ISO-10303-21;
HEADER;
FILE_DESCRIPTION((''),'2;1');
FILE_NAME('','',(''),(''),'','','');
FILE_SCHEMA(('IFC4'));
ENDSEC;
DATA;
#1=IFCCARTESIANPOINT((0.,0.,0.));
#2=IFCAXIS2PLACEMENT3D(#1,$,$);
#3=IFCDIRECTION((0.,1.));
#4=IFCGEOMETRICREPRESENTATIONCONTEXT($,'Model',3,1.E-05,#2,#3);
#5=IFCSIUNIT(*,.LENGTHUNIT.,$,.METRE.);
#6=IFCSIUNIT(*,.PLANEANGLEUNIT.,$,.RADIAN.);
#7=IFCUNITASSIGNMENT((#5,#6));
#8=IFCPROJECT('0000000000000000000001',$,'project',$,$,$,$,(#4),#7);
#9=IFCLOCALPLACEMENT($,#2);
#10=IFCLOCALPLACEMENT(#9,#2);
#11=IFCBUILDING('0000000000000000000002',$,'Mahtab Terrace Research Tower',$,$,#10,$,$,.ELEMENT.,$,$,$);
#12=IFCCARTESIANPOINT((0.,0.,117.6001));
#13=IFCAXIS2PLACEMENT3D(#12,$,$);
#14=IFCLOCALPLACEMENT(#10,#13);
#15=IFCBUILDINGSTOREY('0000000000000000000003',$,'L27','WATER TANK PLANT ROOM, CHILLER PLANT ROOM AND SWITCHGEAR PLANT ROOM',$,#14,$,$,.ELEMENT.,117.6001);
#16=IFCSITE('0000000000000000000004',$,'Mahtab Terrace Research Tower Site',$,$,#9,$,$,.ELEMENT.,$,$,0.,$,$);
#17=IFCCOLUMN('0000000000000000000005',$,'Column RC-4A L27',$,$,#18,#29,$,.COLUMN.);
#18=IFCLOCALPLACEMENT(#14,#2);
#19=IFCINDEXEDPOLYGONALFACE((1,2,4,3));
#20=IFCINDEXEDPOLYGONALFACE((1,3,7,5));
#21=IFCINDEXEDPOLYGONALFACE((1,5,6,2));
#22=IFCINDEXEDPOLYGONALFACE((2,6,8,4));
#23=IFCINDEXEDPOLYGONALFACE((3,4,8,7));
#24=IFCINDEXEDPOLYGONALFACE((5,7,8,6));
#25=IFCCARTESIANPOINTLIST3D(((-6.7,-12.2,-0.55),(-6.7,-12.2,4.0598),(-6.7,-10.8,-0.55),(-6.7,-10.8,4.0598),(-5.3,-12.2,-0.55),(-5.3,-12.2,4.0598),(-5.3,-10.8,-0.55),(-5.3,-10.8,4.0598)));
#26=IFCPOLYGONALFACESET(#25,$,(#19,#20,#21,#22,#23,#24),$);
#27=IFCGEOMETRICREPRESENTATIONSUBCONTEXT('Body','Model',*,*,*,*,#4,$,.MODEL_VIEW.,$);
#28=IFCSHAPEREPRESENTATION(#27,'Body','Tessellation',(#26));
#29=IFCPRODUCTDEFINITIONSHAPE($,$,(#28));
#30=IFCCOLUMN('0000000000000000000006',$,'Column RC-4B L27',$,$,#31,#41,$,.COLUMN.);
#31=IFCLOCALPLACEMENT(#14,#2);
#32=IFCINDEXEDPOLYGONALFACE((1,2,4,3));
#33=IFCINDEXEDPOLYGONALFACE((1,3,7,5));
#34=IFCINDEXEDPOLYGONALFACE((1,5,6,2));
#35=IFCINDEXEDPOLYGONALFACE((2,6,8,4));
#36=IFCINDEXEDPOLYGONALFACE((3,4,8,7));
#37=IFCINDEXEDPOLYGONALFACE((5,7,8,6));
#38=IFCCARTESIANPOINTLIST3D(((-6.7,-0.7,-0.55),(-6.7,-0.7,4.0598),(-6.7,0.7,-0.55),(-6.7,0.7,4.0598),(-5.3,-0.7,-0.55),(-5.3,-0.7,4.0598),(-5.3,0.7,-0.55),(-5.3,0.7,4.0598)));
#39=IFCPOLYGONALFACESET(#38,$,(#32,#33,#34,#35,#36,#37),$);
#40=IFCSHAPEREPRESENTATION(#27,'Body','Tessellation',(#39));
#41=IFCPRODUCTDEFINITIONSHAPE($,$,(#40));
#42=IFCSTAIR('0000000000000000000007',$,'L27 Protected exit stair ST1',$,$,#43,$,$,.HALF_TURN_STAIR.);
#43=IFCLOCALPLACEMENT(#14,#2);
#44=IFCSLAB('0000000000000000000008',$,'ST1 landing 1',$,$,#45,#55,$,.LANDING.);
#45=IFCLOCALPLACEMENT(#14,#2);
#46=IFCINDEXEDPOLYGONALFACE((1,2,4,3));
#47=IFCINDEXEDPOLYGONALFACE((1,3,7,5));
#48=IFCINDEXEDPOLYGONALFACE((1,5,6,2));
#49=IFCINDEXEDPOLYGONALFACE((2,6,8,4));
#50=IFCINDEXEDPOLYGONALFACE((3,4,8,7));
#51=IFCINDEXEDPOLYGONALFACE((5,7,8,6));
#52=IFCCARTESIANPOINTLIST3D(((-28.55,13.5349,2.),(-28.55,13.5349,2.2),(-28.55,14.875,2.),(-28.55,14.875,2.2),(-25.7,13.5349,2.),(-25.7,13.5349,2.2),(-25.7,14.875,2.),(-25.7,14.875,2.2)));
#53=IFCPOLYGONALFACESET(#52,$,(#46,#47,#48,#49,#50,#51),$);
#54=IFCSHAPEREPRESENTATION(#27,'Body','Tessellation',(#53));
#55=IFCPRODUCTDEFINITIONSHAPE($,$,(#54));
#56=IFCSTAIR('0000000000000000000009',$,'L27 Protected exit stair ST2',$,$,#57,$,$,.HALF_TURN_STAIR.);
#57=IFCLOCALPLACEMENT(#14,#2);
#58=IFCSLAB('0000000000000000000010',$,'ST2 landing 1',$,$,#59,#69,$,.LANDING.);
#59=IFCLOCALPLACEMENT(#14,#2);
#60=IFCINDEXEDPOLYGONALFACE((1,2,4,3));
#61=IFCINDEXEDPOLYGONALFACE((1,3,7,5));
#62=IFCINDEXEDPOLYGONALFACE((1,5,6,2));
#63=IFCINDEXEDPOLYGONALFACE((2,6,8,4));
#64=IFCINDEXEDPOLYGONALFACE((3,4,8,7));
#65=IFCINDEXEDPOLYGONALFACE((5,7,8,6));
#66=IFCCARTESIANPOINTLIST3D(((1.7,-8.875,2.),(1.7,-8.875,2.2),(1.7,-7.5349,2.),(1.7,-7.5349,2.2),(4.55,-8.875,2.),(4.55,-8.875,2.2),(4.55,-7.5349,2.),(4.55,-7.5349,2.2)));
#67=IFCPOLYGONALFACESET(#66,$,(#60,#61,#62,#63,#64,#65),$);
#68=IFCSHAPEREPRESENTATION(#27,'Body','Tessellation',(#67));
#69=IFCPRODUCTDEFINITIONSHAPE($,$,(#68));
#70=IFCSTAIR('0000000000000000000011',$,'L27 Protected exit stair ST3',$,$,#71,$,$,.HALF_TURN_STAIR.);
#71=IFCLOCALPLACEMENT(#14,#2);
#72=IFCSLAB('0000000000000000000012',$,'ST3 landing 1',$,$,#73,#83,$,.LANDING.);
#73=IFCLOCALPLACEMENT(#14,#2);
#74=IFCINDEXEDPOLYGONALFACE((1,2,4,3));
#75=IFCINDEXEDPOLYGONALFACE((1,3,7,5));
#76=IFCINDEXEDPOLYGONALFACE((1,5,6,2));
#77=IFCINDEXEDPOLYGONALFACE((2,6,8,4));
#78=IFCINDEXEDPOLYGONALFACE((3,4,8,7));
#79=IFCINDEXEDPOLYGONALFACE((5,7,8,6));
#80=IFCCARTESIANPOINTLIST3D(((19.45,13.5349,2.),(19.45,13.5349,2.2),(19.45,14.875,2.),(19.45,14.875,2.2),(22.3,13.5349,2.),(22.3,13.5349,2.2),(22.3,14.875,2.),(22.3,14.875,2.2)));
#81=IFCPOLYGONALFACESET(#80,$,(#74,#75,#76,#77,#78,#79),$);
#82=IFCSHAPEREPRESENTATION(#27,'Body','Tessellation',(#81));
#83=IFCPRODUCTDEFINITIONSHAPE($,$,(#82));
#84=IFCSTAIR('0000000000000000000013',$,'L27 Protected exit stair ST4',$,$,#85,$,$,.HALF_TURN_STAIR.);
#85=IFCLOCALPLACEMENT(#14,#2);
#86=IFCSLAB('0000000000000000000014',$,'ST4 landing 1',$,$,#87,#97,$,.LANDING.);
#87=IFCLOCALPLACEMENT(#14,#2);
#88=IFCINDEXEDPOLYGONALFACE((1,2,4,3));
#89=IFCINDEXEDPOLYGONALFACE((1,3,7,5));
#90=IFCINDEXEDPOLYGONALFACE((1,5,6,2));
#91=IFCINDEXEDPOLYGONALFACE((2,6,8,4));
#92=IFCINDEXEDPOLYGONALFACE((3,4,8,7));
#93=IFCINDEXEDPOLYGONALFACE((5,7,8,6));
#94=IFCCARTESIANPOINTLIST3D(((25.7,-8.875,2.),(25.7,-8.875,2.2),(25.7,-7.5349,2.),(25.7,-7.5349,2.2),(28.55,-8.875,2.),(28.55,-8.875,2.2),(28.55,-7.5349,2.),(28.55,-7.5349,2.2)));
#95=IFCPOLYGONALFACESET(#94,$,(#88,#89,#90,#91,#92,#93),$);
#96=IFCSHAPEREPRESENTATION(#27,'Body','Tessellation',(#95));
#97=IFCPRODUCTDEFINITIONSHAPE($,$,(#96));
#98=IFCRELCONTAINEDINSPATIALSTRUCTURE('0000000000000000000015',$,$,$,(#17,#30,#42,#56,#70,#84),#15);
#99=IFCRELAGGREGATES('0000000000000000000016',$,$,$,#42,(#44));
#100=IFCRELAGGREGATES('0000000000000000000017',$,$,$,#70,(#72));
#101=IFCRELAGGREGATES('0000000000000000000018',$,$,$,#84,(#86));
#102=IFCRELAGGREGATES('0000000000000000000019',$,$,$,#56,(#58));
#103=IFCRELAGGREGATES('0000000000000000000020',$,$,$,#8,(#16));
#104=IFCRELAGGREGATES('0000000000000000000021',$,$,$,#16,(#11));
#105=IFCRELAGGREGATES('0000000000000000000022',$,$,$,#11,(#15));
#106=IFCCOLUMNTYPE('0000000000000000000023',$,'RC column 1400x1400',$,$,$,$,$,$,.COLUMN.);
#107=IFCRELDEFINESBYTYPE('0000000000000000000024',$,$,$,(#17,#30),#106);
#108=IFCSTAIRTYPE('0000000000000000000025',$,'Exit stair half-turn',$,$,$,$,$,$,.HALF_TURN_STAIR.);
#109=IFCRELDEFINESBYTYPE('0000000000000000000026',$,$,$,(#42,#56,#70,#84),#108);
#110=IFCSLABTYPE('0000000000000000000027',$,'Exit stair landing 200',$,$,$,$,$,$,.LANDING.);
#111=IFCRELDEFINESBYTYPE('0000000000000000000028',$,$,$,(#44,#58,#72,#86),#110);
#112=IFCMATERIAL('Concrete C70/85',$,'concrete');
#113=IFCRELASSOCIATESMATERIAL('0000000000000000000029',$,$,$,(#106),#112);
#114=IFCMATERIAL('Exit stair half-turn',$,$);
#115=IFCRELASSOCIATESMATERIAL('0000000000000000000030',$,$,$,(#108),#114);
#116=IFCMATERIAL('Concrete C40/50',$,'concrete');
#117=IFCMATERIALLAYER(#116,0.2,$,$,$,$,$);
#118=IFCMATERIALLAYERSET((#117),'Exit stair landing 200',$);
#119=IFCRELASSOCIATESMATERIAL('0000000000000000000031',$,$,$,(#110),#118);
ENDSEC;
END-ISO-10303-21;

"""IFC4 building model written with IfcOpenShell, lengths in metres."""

from ifc_helpers import new_model, si_unit, direction, frame, origin, origin_2d, place, context, subcontext, project, spatial, polyline, rectangle, outline, extrude, material, layer, layer_set, material_profile, profile_set, type_object, element, aggregate, save


model = new_model("IFC4")

# Units and contexts
model_context = context("Model", 3, precision=1e-05, world=origin(), true_north=direction((0.0, 1.0)))
body_context = subcontext(model_context, "Body", "Model", "MODEL_VIEW")
ifc_project = project(units=[si_unit("LENGTHUNIT", "METRE"), si_unit("PLANEANGLEUNIT", "RADIAN")], contexts=[model_context])

# Site, building, storey
site_placement = place(None, origin())
site = spatial("IfcSite", under=ifc_project, at=site_placement, Name="Mahtab Terrace Research Tower Site", CompositionType="ELEMENT", RefElevation=0.0)
building_placement = place(site_placement, origin())
building = spatial("IfcBuilding", under=site, at=building_placement, Name="Mahtab Terrace Research Tower", CompositionType="ELEMENT")
storey_placement = place(building_placement, frame((0.0, 0.0, 117.6001)))
storey = spatial("IfcBuildingStorey", under=building, at=storey_placement, Name="L27", Description="WATER TANK PLANT ROOM, CHILLER PLANT ROOM AND SWITCHGEAR PLANT ROOM", CompositionType="ELEMENT", Elevation=117.6001)

# Columns
ifc_material_1 = material(Name="Concrete C70/85", Category="concrete")
ifc_material_profile = material_profile(ifc_material_1, rectangle(XDim=1.3999, YDim=1.3999, at=origin_2d()), Name="RC column 1400x1400")
ifc_profile_set = profile_set([ifc_material_profile], Name="Concrete C70/85")
column_type = type_object("IfcColumnType", Name="RC column 1400x1400", PredefinedType="COLUMN", material=ifc_profile_set)
for number, where, z_axis, x_axis, name in (
    (1, (-6.0, -11.5, -0.55), (0.0, 0.0, 1.0), (1.0, 0.0, 0.0), "Column RC-4A L27"),
    (2, (-6.0, 0.0, -0.55), (0.0, 0.0, 1.0), (1.0, 0.0, 0.0), "Column RC-4B L27"),
):
    element("IfcColumn", number, at=place(storey_placement, frame(where, z_axis=z_axis, x_axis=x_axis)), inside=storey, type_object=column_type, Name=name, PredefinedType="COLUMN", context=body_context, shape_type="SweptSolid", body=[
        extrude(rectangle(XDim=1.3999, YDim=1.3999, at=origin_2d()), origin(), (0.0, 0.0, 1.0), 4.6099),
    ])

# Stairs, slabs
ifc_material_2 = material(Name="Exit stair half-turn")
stair_type = type_object("IfcStairType", Name="Exit stair half-turn", PredefinedType="HALF_TURN_STAIR", material=ifc_material_2)
stair_1_placement = place(storey_placement, origin())
stair_1 = element("IfcStair", 3, at=stair_1_placement, inside=storey, type_object=stair_type, Name="L27 Protected exit stair ST1", PredefinedType="HALF_TURN_STAIR")
ifc_material_3 = material(Name="Concrete C40/50", Category="concrete")
ifc_layer_1 = layer(ifc_material_3, 0.2)
ifc_layer_set_1 = layer_set([ifc_layer_1], Name="Exit stair landing 200")
slab_type_1 = type_object("IfcSlabType", Name="Exit stair landing 200", PredefinedType="LANDING", material=ifc_layer_set_1)
slab_1_placement = place(storey_placement, frame((0.0, 0.0, 2.0)))
slab_1 = element("IfcSlab", 4, at=slab_1_placement, type_object=slab_type_1, Name="ST1 landing 1", PredefinedType="LANDING", context=body_context, shape_type="SweptSolid", body=[
    extrude(outline(polyline([(-25.7, 13.5349), (-25.7, 14.875), (-28.55, 14.875), (-28.55, 13.5349), (-25.7, 13.5349)])), origin(), (0.0, 0.0, 1.0), 0.2),
])
aggregate(stair_1, [slab_1])
stair_2_placement = place(storey_placement, origin())
stair_2 = element("IfcStair", 5, at=stair_2_placement, inside=storey, type_object=stair_type, Name="L27 Protected exit stair ST2", PredefinedType="HALF_TURN_STAIR")
slab_2_placement = place(storey_placement, frame((0.0, 0.0, 2.0)))
slab_2 = element("IfcSlab", 6, at=slab_2_placement, type_object=slab_type_1, Name="ST2 landing 1", PredefinedType="LANDING", context=body_context, shape_type="SweptSolid", body=[
    extrude(outline(polyline([(1.7, -7.5349), (1.7, -8.875), (4.55, -8.875), (4.55, -7.5349), (1.7, -7.5349)])), origin(), (0.0, 0.0, 1.0), 0.2),
])
stair_3_placement = place(storey_placement, origin())
stair_3 = element("IfcStair", 7, at=stair_3_placement, inside=storey, type_object=stair_type, Name="L27 Protected exit stair ST3", PredefinedType="HALF_TURN_STAIR")
slab_3_placement = place(storey_placement, frame((0.0, 0.0, 2.0)))
slab_3 = element("IfcSlab", 8, at=slab_3_placement, type_object=slab_type_1, Name="ST3 landing 1", PredefinedType="LANDING", context=body_context, shape_type="SweptSolid", body=[
    extrude(outline(polyline([(22.3, 13.5349), (22.3, 14.875), (19.45, 14.875), (19.45, 13.5349), (22.3, 13.5349)])), origin(), (0.0, 0.0, 1.0), 0.2),
])
aggregate(stair_3, [slab_3])
stair_4_placement = place(storey_placement, origin())
stair_4 = element("IfcStair", 9, at=stair_4_placement, inside=storey, type_object=stair_type, Name="L27 Protected exit stair ST4", PredefinedType="HALF_TURN_STAIR")
slab_4_placement = place(storey_placement, frame((0.0, 0.0, 2.0)))
slab_4 = element("IfcSlab", 10, at=slab_4_placement, type_object=slab_type_1, Name="ST4 landing 1", PredefinedType="LANDING", context=body_context, shape_type="SweptSolid", body=[
    extrude(outline(polyline([(25.7, -7.5349), (25.7, -8.875), (28.55, -8.875), (28.55, -7.5349), (25.7, -7.5349)])), origin(), (0.0, 0.0, 1.0), 0.2),
])
aggregate(stair_4, [slab_4])

aggregate(stair_2, [slab_2])

save(model, "model.ifc")
